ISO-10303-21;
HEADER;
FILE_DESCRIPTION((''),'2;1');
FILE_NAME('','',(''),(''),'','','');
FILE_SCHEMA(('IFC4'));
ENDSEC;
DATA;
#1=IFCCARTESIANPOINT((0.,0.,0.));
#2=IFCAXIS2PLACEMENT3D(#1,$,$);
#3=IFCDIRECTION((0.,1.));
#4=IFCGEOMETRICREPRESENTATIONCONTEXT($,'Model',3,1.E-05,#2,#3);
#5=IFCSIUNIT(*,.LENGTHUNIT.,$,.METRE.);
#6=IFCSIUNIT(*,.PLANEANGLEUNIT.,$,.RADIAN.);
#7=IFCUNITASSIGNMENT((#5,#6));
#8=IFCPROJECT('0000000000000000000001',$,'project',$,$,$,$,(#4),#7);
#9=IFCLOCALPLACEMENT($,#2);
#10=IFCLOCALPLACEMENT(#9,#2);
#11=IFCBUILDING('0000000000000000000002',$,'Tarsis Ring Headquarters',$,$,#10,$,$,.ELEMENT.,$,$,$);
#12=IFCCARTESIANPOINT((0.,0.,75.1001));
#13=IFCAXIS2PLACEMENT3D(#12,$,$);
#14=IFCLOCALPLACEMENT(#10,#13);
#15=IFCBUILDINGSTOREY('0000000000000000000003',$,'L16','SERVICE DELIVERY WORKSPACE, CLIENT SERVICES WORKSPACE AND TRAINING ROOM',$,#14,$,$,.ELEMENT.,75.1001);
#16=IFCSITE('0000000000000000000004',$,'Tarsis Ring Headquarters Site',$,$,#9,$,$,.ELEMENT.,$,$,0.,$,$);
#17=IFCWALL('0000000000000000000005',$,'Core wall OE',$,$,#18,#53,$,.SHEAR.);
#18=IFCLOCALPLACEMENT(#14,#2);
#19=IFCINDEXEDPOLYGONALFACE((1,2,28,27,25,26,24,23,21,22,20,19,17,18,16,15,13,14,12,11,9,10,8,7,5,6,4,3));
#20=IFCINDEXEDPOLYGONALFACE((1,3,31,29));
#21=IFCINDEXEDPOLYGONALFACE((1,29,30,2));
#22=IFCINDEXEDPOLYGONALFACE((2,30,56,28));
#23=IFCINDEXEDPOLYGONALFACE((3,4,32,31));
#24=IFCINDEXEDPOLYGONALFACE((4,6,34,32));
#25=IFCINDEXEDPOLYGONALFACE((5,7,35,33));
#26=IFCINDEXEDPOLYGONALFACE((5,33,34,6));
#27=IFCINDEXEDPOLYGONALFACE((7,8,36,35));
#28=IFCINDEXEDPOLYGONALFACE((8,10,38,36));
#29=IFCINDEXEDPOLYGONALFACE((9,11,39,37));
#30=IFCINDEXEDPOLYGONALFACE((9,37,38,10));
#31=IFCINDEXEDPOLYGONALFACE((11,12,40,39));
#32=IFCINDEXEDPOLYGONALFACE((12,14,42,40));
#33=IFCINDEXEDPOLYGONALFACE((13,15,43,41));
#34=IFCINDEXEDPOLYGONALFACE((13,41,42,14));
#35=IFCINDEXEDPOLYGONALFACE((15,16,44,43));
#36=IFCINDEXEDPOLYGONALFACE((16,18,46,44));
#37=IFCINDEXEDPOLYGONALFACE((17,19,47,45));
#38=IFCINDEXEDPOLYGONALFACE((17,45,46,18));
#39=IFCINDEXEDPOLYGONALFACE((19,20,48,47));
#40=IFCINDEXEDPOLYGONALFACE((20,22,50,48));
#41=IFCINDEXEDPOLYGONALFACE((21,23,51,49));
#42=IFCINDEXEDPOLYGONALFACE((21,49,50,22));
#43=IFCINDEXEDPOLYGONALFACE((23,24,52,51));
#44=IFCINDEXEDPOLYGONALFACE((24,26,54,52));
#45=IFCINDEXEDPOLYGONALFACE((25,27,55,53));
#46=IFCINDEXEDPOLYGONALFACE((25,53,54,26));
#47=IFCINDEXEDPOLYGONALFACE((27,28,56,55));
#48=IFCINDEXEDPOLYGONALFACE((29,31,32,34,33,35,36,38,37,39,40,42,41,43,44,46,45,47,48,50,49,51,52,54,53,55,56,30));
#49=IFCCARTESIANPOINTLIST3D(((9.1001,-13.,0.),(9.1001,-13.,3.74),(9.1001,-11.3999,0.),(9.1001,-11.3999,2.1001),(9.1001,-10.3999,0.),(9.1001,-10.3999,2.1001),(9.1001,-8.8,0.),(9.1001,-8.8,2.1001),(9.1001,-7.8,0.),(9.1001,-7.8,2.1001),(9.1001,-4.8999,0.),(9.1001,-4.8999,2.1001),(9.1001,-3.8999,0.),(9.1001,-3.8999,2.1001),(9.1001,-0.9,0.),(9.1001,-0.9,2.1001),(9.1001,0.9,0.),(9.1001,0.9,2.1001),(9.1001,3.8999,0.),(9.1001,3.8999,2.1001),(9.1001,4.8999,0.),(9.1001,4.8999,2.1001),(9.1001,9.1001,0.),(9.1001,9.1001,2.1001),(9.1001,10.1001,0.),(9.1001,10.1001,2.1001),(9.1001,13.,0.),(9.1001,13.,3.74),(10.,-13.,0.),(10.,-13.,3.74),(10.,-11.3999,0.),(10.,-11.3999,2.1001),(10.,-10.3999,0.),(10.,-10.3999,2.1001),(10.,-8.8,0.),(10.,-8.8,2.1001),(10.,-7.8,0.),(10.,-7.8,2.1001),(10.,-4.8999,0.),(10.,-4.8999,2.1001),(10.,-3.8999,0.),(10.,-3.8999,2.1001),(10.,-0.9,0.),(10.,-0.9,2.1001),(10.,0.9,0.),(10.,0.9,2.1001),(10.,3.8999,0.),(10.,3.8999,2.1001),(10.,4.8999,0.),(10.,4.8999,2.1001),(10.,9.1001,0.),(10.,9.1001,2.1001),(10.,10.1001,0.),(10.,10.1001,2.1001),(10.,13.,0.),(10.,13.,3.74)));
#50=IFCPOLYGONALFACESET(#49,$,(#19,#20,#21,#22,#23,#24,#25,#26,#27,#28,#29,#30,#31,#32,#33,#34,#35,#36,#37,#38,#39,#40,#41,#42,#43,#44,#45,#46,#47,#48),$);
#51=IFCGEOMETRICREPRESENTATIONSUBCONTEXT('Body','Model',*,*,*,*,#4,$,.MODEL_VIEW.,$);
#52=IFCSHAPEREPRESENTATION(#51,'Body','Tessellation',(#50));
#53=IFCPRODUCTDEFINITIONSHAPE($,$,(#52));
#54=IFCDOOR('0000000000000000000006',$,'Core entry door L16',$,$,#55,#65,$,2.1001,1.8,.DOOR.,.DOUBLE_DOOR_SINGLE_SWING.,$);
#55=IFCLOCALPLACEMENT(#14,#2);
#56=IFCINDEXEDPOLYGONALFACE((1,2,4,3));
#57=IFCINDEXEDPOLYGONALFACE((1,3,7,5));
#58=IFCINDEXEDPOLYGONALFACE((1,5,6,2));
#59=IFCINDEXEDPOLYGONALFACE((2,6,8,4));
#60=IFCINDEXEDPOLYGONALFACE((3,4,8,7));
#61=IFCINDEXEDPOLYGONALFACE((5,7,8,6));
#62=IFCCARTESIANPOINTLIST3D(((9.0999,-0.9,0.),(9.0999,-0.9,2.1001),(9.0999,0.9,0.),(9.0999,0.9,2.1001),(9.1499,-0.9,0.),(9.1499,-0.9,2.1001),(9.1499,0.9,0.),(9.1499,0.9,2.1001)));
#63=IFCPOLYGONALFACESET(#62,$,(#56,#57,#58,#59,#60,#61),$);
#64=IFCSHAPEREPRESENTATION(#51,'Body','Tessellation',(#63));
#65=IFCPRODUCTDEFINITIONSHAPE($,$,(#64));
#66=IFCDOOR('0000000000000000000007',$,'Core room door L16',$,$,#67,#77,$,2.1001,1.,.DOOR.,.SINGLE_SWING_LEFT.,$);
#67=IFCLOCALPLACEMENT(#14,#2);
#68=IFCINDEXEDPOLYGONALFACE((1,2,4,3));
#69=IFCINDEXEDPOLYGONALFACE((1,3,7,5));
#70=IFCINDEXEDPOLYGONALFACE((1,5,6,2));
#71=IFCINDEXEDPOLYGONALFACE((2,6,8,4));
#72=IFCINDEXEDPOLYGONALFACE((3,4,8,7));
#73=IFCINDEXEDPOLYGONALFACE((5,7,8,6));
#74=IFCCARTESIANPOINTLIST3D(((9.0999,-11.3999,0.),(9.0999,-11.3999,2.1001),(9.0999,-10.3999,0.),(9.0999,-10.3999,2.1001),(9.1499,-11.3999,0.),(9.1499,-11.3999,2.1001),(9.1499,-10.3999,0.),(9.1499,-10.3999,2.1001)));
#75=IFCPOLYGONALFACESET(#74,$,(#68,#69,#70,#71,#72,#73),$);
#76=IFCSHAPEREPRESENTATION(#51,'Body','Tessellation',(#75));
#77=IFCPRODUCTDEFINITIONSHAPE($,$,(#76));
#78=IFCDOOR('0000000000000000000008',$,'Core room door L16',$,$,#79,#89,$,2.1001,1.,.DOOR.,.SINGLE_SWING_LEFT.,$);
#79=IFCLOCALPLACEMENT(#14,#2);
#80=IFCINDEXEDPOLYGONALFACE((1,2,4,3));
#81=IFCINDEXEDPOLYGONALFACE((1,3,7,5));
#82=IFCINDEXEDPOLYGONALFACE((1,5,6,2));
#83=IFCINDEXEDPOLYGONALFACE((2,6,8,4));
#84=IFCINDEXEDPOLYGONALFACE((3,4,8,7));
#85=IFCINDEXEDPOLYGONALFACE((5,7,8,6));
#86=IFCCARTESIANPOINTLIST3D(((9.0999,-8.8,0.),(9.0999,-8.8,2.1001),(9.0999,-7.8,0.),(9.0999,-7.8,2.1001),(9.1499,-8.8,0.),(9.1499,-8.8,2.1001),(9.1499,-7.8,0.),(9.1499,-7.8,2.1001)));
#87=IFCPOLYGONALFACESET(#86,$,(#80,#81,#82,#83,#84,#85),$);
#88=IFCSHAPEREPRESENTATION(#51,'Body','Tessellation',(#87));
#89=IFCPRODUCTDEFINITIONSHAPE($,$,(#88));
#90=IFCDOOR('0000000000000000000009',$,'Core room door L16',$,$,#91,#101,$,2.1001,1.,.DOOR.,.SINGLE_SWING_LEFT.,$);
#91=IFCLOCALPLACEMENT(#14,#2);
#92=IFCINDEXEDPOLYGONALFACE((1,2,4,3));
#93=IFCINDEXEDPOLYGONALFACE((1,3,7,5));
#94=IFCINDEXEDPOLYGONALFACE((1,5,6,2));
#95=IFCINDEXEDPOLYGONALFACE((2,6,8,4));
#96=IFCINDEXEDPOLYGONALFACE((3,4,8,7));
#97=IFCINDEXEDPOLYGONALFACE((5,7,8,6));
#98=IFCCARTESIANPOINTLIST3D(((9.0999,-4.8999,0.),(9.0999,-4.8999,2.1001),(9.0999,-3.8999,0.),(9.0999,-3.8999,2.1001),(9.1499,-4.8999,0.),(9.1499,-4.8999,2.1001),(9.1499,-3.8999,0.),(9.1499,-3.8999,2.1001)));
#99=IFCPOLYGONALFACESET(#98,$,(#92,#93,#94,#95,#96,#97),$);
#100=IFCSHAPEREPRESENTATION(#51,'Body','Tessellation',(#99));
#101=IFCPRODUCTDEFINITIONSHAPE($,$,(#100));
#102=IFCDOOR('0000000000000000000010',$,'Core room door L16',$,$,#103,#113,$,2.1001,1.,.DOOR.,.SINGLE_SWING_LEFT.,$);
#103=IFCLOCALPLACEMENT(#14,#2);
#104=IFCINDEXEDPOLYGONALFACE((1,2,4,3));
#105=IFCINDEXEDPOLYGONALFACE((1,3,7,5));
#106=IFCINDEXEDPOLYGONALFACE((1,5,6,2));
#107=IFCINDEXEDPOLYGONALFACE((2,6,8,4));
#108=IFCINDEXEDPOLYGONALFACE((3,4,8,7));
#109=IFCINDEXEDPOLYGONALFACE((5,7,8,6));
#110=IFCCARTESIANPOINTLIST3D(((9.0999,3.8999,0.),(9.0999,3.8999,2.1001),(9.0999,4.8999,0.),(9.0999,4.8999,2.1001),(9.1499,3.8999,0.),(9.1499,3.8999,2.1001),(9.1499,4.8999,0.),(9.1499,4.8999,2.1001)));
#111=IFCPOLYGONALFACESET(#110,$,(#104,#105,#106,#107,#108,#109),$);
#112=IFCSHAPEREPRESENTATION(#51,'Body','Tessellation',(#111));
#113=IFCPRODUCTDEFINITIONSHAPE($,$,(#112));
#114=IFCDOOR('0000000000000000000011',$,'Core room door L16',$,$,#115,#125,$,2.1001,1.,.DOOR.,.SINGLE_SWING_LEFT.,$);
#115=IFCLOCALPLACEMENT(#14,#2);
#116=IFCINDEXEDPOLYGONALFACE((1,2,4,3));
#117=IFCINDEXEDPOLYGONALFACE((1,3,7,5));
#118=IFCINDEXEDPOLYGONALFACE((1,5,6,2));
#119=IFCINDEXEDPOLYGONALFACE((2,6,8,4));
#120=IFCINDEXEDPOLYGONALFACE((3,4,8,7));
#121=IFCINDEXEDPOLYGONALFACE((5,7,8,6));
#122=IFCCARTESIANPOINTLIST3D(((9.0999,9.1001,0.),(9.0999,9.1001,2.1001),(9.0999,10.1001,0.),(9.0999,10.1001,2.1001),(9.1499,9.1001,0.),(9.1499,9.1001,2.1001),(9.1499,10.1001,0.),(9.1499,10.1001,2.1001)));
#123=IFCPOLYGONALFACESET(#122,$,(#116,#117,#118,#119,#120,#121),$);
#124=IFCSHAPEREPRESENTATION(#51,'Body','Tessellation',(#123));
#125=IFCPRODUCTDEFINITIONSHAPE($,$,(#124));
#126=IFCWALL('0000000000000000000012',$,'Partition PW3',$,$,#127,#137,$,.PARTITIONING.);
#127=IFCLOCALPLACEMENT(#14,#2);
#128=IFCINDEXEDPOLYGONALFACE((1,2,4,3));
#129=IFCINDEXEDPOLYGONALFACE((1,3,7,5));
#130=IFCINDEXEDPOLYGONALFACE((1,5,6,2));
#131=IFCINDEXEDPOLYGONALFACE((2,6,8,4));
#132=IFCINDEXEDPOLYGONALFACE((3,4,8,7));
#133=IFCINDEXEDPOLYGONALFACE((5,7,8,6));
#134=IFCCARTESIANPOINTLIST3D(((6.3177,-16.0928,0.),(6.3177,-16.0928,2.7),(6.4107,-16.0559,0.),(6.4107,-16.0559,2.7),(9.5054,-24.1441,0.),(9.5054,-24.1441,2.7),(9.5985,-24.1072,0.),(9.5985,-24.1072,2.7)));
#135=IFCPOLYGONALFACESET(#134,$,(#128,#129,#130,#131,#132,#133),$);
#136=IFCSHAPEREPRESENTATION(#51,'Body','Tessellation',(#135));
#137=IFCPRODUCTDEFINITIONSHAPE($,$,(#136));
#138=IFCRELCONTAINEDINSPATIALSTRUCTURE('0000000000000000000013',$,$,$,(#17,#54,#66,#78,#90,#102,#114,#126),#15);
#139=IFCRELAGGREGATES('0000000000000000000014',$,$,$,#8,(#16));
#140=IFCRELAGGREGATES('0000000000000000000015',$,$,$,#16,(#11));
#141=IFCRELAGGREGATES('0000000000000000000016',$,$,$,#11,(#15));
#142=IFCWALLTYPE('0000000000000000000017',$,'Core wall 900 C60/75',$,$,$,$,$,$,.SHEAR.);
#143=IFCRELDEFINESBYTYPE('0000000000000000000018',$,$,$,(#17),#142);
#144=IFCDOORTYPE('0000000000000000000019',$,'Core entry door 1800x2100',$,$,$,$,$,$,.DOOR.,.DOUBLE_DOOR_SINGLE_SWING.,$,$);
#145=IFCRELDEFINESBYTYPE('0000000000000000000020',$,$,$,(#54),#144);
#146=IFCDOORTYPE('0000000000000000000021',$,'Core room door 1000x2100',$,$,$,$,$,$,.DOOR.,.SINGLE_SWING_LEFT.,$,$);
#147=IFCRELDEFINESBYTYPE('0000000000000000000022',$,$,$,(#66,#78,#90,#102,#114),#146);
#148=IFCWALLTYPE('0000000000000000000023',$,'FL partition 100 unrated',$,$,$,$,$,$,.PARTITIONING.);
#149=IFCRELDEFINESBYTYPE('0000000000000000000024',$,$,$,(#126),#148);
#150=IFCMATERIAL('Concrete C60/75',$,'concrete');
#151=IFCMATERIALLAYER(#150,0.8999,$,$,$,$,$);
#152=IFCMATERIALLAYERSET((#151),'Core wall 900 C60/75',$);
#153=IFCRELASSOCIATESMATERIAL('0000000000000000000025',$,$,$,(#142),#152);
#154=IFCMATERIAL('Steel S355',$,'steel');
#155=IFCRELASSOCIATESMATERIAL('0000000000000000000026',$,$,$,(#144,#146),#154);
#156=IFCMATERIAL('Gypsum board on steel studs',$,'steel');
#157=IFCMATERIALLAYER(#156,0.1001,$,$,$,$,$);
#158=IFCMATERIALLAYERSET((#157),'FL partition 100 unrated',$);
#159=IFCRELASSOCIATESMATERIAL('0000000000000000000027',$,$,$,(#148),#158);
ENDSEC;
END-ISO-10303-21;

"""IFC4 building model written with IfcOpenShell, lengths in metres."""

from ifc_helpers import new_model, si_unit, direction, frame, frame_2d, origin, place, context, subcontext, project, spatial, rectangle, extrude, material, layer, layer_set, type_object, element, fill, save


model = new_model("IFC4")

# Units and contexts
model_context = context("Model", 3, precision=1e-05, world=origin(), true_north=direction((0.0, 1.0)))
body_context = subcontext(model_context, "Body", "Model", "MODEL_VIEW")
ifc_project = project(units=[si_unit("LENGTHUNIT", "METRE"), si_unit("PLANEANGLEUNIT", "RADIAN")], contexts=[model_context])

# Site, building, storey
site_placement = place(None, origin())
site = spatial("IfcSite", under=ifc_project, at=site_placement, Name="Tarsis Ring Headquarters Site", CompositionType="ELEMENT", RefElevation=0.0)
building_placement = place(site_placement, origin())
building = spatial("IfcBuilding", under=site, at=building_placement, Name="Tarsis Ring Headquarters", CompositionType="ELEMENT")
storey_placement = place(building_placement, frame((0.0, 0.0, 75.1001)))
storey = spatial("IfcBuildingStorey", under=building, at=storey_placement, Name="L16", Description="SERVICE DELIVERY WORKSPACE, CLIENT SERVICES WORKSPACE AND TRAINING ROOM", CompositionType="ELEMENT", Elevation=75.1001)

# Wall, openings, doors
ifc_material_1 = material(Name="Concrete C60/75", Category="concrete")
ifc_layer_1 = layer(ifc_material_1, 0.8999)
ifc_layer_set_1 = layer_set([ifc_layer_1], Name="Core wall 900 C60/75")
wall_type_1 = type_object("IfcWallType", Name="Core wall 900 C60/75", PredefinedType="SHEAR", material=ifc_layer_set_1)
wall_1_placement = place(storey_placement, frame((9.55, -13.0, 0.0), z_axis=(0.0, 0.0, 1.0), x_axis=(0.0, 1.0, 0.0)))
wall_1 = element("IfcWall", 1, at=wall_1_placement, inside=storey, type_object=wall_type_1, Name="Core wall OE", PredefinedType="SHEAR", context=body_context, shape_type="SweptSolid", body=[
    extrude(rectangle(XDim=26.0, YDim=0.8999, at=frame_2d((13.0, 0.0))), origin(), (0.0, 0.0, 1.0), 3.74),
])
opening_1_placement = place(wall_1_placement, frame((1.6001, 0.0, 0.0)))
opening_1 = element("IfcOpeningElement", 2, at=opening_1_placement, cuts=wall_1, PredefinedType="OPENING", context=body_context, shape_type="SweptSolid", body=[
    extrude(rectangle(XDim=1.0, YDim=2.1001, at=frame_2d((0.5, 1.05))), frame((0.0, 0.46, 0.0), z_axis=(0.0, -1.0, 0.0), x_axis=(1.0, 0.0, 0.0)), (0.0, 0.0, 1.0), 0.9199),
])
opening_2_placement = place(wall_1_placement, frame((4.2, 0.0, 0.0)))
opening_2 = element("IfcOpeningElement", 3, at=opening_2_placement, cuts=wall_1, PredefinedType="OPENING", context=body_context, shape_type="SweptSolid", body=[
    extrude(rectangle(XDim=1.0, YDim=2.1001, at=frame_2d((0.5, 1.05))), frame((0.0, 0.46, 0.0), z_axis=(0.0, -1.0, 0.0), x_axis=(1.0, 0.0, 0.0)), (0.0, 0.0, 1.0), 0.9199),
])
opening_3_placement = place(wall_1_placement, frame((8.1001, 0.0, 0.0)))
opening_3 = element("IfcOpeningElement", 4, at=opening_3_placement, cuts=wall_1, PredefinedType="OPENING", context=body_context, shape_type="SweptSolid", body=[
    extrude(rectangle(XDim=1.0, YDim=2.1001, at=frame_2d((0.5, 1.05))), frame((0.0, 0.46, 0.0), z_axis=(0.0, -1.0, 0.0), x_axis=(1.0, 0.0, 0.0)), (0.0, 0.0, 1.0), 0.9199),
])
opening_4_placement = place(wall_1_placement, frame((12.1001, 0.0, 0.0)))
opening_4 = element("IfcOpeningElement", 5, at=opening_4_placement, cuts=wall_1, PredefinedType="OPENING", context=body_context, shape_type="SweptSolid", body=[
    extrude(rectangle(XDim=1.8, YDim=2.1001, at=frame_2d((0.8999, 1.05))), frame((0.0, 0.46, 0.0), z_axis=(0.0, -1.0, 0.0), x_axis=(1.0, 0.0, 0.0)), (0.0, 0.0, 1.0), 0.9199),
])
opening_5_placement = place(wall_1_placement, frame((16.8999, 0.0, 0.0)))
opening_5 = element("IfcOpeningElement", 6, at=opening_5_placement, cuts=wall_1, PredefinedType="OPENING", context=body_context, shape_type="SweptSolid", body=[
    extrude(rectangle(XDim=1.0, YDim=2.1001, at=frame_2d((0.5, 1.05))), frame((0.0, 0.46, 0.0), z_axis=(0.0, -1.0, 0.0), x_axis=(1.0, 0.0, 0.0)), (0.0, 0.0, 1.0), 0.9199),
])
opening_6_placement = place(wall_1_placement, frame((22.1001, 0.0, 0.0)))
opening_6 = element("IfcOpeningElement", 7, at=opening_6_placement, cuts=wall_1, PredefinedType="OPENING", context=body_context, shape_type="SweptSolid", body=[
    extrude(rectangle(XDim=1.0, YDim=2.1001, at=frame_2d((0.5, 1.05))), frame((0.0, 0.46, 0.0), z_axis=(0.0, -1.0, 0.0), x_axis=(1.0, 0.0, 0.0)), (0.0, 0.0, 1.0), 0.9199),
])
ifc_material_2 = material(Name="Steel S355", Category="steel")
door_type_1 = type_object("IfcDoorType", Name="Core entry door 1800x2100", OperationType="DOUBLE_DOOR_SINGLE_SWING", PredefinedType="DOOR", material=ifc_material_2)
door_1_placement = place(opening_4_placement, origin())
door_1 = element("IfcDoor", 8, at=door_1_placement, inside=storey, type_object=door_type_1, Name="Core entry door L16", OperationType="DOUBLE_DOOR_SINGLE_SWING", OverallHeight=2.1001, OverallWidth=1.8, PredefinedType="DOOR", context=body_context, shape_type="SweptSolid", body=[
    extrude(rectangle(XDim=1.8, YDim=2.1001, at=frame_2d((0.8999, 1.05))), frame((0.0, 0.4502, 0.0), z_axis=(0.0, -1.0, 0.0), x_axis=(1.0, 0.0, 0.0)), (0.0, 0.0, 1.0), 0.05),
])
fill(opening_4, door_1)
door_type_2 = type_object("IfcDoorType", Name="Core room door 1000x2100", OperationType="SINGLE_SWING_LEFT", PredefinedType="DOOR", material=ifc_material_2)
door_2_placement = place(opening_1_placement, origin())
door_2 = element("IfcDoor", 9, at=door_2_placement, inside=storey, type_object=door_type_2, Name="Core room door L16", OperationType="SINGLE_SWING_LEFT", OverallHeight=2.1001, OverallWidth=1.0, PredefinedType="DOOR", context=body_context, shape_type="SweptSolid", body=[
    extrude(rectangle(XDim=1.0, YDim=2.1001, at=frame_2d((0.5, 1.05))), frame((0.0, 0.4502, 0.0), z_axis=(0.0, -1.0, 0.0), x_axis=(1.0, 0.0, 0.0)), (0.0, 0.0, 1.0), 0.05),
])
fill(opening_1, door_2)
door_3_placement = place(opening_2_placement, origin())
door_3 = element("IfcDoor", 10, at=door_3_placement, inside=storey, type_object=door_type_2, Name="Core room door L16", OperationType="SINGLE_SWING_LEFT", OverallHeight=2.1001, OverallWidth=1.0, PredefinedType="DOOR", context=body_context, shape_type="SweptSolid", body=[
    extrude(rectangle(XDim=1.0, YDim=2.1001, at=frame_2d((0.5, 1.05))), frame((0.0, 0.4502, 0.0), z_axis=(0.0, -1.0, 0.0), x_axis=(1.0, 0.0, 0.0)), (0.0, 0.0, 1.0), 0.05),
])
fill(opening_2, door_3)
door_4_placement = place(opening_3_placement, origin())
door_4 = element("IfcDoor", 11, at=door_4_placement, inside=storey, type_object=door_type_2, Name="Core room door L16", OperationType="SINGLE_SWING_LEFT", OverallHeight=2.1001, OverallWidth=1.0, PredefinedType="DOOR", context=body_context, shape_type="SweptSolid", body=[
    extrude(rectangle(XDim=1.0, YDim=2.1001, at=frame_2d((0.5, 1.05))), frame((0.0, 0.4502, 0.0), z_axis=(0.0, -1.0, 0.0), x_axis=(1.0, 0.0, 0.0)), (0.0, 0.0, 1.0), 0.05),
])
fill(opening_3, door_4)
door_5_placement = place(opening_5_placement, origin())
door_5 = element("IfcDoor", 12, at=door_5_placement, inside=storey, type_object=door_type_2, Name="Core room door L16", OperationType="SINGLE_SWING_LEFT", OverallHeight=2.1001, OverallWidth=1.0, PredefinedType="DOOR", context=body_context, shape_type="SweptSolid", body=[
    extrude(rectangle(XDim=1.0, YDim=2.1001, at=frame_2d((0.5, 1.05))), frame((0.0, 0.4502, 0.0), z_axis=(0.0, -1.0, 0.0), x_axis=(1.0, 0.0, 0.0)), (0.0, 0.0, 1.0), 0.05),
])
fill(opening_5, door_5)
door_6_placement = place(opening_6_placement, origin())
door_6 = element("IfcDoor", 13, at=door_6_placement, inside=storey, type_object=door_type_2, Name="Core room door L16", OperationType="SINGLE_SWING_LEFT", OverallHeight=2.1001, OverallWidth=1.0, PredefinedType="DOOR", context=body_context, shape_type="SweptSolid", body=[
    extrude(rectangle(XDim=1.0, YDim=2.1001, at=frame_2d((0.5, 1.05))), frame((0.0, 0.4502, 0.0), z_axis=(0.0, -1.0, 0.0), x_axis=(1.0, 0.0, 0.0)), (0.0, 0.0, 1.0), 0.05),
])
fill(opening_6, door_6)

# Wall
ifc_material_3 = material(Name="Gypsum board on steel studs", Category="steel")
ifc_layer_2 = layer(ifc_material_3, 0.1001)
ifc_layer_set_2 = layer_set([ifc_layer_2], Name="FL partition 100 unrated")
wall_type_2 = type_object("IfcWallType", Name="FL partition 100 unrated", PredefinedType="PARTITIONING", material=ifc_layer_set_2)
wall_2_placement = place(storey_placement, frame((6.3643, -16.0745, 0.0), z_axis=(0.0, 0.0, 1.0), x_axis=(0.368127, -0.929776, 0.0)))
element("IfcWall", 14, at=wall_2_placement, inside=storey, type_object=wall_type_2, Name="Partition PW3", PredefinedType="PARTITIONING", context=body_context, shape_type="SweptSolid", body=[
    extrude(rectangle(XDim=8.6594, YDim=0.1001, at=frame_2d((4.3296, 0.0))), origin(), (0.0, 0.0, 1.0), 2.7),
])

save(model, "model.ifc")
